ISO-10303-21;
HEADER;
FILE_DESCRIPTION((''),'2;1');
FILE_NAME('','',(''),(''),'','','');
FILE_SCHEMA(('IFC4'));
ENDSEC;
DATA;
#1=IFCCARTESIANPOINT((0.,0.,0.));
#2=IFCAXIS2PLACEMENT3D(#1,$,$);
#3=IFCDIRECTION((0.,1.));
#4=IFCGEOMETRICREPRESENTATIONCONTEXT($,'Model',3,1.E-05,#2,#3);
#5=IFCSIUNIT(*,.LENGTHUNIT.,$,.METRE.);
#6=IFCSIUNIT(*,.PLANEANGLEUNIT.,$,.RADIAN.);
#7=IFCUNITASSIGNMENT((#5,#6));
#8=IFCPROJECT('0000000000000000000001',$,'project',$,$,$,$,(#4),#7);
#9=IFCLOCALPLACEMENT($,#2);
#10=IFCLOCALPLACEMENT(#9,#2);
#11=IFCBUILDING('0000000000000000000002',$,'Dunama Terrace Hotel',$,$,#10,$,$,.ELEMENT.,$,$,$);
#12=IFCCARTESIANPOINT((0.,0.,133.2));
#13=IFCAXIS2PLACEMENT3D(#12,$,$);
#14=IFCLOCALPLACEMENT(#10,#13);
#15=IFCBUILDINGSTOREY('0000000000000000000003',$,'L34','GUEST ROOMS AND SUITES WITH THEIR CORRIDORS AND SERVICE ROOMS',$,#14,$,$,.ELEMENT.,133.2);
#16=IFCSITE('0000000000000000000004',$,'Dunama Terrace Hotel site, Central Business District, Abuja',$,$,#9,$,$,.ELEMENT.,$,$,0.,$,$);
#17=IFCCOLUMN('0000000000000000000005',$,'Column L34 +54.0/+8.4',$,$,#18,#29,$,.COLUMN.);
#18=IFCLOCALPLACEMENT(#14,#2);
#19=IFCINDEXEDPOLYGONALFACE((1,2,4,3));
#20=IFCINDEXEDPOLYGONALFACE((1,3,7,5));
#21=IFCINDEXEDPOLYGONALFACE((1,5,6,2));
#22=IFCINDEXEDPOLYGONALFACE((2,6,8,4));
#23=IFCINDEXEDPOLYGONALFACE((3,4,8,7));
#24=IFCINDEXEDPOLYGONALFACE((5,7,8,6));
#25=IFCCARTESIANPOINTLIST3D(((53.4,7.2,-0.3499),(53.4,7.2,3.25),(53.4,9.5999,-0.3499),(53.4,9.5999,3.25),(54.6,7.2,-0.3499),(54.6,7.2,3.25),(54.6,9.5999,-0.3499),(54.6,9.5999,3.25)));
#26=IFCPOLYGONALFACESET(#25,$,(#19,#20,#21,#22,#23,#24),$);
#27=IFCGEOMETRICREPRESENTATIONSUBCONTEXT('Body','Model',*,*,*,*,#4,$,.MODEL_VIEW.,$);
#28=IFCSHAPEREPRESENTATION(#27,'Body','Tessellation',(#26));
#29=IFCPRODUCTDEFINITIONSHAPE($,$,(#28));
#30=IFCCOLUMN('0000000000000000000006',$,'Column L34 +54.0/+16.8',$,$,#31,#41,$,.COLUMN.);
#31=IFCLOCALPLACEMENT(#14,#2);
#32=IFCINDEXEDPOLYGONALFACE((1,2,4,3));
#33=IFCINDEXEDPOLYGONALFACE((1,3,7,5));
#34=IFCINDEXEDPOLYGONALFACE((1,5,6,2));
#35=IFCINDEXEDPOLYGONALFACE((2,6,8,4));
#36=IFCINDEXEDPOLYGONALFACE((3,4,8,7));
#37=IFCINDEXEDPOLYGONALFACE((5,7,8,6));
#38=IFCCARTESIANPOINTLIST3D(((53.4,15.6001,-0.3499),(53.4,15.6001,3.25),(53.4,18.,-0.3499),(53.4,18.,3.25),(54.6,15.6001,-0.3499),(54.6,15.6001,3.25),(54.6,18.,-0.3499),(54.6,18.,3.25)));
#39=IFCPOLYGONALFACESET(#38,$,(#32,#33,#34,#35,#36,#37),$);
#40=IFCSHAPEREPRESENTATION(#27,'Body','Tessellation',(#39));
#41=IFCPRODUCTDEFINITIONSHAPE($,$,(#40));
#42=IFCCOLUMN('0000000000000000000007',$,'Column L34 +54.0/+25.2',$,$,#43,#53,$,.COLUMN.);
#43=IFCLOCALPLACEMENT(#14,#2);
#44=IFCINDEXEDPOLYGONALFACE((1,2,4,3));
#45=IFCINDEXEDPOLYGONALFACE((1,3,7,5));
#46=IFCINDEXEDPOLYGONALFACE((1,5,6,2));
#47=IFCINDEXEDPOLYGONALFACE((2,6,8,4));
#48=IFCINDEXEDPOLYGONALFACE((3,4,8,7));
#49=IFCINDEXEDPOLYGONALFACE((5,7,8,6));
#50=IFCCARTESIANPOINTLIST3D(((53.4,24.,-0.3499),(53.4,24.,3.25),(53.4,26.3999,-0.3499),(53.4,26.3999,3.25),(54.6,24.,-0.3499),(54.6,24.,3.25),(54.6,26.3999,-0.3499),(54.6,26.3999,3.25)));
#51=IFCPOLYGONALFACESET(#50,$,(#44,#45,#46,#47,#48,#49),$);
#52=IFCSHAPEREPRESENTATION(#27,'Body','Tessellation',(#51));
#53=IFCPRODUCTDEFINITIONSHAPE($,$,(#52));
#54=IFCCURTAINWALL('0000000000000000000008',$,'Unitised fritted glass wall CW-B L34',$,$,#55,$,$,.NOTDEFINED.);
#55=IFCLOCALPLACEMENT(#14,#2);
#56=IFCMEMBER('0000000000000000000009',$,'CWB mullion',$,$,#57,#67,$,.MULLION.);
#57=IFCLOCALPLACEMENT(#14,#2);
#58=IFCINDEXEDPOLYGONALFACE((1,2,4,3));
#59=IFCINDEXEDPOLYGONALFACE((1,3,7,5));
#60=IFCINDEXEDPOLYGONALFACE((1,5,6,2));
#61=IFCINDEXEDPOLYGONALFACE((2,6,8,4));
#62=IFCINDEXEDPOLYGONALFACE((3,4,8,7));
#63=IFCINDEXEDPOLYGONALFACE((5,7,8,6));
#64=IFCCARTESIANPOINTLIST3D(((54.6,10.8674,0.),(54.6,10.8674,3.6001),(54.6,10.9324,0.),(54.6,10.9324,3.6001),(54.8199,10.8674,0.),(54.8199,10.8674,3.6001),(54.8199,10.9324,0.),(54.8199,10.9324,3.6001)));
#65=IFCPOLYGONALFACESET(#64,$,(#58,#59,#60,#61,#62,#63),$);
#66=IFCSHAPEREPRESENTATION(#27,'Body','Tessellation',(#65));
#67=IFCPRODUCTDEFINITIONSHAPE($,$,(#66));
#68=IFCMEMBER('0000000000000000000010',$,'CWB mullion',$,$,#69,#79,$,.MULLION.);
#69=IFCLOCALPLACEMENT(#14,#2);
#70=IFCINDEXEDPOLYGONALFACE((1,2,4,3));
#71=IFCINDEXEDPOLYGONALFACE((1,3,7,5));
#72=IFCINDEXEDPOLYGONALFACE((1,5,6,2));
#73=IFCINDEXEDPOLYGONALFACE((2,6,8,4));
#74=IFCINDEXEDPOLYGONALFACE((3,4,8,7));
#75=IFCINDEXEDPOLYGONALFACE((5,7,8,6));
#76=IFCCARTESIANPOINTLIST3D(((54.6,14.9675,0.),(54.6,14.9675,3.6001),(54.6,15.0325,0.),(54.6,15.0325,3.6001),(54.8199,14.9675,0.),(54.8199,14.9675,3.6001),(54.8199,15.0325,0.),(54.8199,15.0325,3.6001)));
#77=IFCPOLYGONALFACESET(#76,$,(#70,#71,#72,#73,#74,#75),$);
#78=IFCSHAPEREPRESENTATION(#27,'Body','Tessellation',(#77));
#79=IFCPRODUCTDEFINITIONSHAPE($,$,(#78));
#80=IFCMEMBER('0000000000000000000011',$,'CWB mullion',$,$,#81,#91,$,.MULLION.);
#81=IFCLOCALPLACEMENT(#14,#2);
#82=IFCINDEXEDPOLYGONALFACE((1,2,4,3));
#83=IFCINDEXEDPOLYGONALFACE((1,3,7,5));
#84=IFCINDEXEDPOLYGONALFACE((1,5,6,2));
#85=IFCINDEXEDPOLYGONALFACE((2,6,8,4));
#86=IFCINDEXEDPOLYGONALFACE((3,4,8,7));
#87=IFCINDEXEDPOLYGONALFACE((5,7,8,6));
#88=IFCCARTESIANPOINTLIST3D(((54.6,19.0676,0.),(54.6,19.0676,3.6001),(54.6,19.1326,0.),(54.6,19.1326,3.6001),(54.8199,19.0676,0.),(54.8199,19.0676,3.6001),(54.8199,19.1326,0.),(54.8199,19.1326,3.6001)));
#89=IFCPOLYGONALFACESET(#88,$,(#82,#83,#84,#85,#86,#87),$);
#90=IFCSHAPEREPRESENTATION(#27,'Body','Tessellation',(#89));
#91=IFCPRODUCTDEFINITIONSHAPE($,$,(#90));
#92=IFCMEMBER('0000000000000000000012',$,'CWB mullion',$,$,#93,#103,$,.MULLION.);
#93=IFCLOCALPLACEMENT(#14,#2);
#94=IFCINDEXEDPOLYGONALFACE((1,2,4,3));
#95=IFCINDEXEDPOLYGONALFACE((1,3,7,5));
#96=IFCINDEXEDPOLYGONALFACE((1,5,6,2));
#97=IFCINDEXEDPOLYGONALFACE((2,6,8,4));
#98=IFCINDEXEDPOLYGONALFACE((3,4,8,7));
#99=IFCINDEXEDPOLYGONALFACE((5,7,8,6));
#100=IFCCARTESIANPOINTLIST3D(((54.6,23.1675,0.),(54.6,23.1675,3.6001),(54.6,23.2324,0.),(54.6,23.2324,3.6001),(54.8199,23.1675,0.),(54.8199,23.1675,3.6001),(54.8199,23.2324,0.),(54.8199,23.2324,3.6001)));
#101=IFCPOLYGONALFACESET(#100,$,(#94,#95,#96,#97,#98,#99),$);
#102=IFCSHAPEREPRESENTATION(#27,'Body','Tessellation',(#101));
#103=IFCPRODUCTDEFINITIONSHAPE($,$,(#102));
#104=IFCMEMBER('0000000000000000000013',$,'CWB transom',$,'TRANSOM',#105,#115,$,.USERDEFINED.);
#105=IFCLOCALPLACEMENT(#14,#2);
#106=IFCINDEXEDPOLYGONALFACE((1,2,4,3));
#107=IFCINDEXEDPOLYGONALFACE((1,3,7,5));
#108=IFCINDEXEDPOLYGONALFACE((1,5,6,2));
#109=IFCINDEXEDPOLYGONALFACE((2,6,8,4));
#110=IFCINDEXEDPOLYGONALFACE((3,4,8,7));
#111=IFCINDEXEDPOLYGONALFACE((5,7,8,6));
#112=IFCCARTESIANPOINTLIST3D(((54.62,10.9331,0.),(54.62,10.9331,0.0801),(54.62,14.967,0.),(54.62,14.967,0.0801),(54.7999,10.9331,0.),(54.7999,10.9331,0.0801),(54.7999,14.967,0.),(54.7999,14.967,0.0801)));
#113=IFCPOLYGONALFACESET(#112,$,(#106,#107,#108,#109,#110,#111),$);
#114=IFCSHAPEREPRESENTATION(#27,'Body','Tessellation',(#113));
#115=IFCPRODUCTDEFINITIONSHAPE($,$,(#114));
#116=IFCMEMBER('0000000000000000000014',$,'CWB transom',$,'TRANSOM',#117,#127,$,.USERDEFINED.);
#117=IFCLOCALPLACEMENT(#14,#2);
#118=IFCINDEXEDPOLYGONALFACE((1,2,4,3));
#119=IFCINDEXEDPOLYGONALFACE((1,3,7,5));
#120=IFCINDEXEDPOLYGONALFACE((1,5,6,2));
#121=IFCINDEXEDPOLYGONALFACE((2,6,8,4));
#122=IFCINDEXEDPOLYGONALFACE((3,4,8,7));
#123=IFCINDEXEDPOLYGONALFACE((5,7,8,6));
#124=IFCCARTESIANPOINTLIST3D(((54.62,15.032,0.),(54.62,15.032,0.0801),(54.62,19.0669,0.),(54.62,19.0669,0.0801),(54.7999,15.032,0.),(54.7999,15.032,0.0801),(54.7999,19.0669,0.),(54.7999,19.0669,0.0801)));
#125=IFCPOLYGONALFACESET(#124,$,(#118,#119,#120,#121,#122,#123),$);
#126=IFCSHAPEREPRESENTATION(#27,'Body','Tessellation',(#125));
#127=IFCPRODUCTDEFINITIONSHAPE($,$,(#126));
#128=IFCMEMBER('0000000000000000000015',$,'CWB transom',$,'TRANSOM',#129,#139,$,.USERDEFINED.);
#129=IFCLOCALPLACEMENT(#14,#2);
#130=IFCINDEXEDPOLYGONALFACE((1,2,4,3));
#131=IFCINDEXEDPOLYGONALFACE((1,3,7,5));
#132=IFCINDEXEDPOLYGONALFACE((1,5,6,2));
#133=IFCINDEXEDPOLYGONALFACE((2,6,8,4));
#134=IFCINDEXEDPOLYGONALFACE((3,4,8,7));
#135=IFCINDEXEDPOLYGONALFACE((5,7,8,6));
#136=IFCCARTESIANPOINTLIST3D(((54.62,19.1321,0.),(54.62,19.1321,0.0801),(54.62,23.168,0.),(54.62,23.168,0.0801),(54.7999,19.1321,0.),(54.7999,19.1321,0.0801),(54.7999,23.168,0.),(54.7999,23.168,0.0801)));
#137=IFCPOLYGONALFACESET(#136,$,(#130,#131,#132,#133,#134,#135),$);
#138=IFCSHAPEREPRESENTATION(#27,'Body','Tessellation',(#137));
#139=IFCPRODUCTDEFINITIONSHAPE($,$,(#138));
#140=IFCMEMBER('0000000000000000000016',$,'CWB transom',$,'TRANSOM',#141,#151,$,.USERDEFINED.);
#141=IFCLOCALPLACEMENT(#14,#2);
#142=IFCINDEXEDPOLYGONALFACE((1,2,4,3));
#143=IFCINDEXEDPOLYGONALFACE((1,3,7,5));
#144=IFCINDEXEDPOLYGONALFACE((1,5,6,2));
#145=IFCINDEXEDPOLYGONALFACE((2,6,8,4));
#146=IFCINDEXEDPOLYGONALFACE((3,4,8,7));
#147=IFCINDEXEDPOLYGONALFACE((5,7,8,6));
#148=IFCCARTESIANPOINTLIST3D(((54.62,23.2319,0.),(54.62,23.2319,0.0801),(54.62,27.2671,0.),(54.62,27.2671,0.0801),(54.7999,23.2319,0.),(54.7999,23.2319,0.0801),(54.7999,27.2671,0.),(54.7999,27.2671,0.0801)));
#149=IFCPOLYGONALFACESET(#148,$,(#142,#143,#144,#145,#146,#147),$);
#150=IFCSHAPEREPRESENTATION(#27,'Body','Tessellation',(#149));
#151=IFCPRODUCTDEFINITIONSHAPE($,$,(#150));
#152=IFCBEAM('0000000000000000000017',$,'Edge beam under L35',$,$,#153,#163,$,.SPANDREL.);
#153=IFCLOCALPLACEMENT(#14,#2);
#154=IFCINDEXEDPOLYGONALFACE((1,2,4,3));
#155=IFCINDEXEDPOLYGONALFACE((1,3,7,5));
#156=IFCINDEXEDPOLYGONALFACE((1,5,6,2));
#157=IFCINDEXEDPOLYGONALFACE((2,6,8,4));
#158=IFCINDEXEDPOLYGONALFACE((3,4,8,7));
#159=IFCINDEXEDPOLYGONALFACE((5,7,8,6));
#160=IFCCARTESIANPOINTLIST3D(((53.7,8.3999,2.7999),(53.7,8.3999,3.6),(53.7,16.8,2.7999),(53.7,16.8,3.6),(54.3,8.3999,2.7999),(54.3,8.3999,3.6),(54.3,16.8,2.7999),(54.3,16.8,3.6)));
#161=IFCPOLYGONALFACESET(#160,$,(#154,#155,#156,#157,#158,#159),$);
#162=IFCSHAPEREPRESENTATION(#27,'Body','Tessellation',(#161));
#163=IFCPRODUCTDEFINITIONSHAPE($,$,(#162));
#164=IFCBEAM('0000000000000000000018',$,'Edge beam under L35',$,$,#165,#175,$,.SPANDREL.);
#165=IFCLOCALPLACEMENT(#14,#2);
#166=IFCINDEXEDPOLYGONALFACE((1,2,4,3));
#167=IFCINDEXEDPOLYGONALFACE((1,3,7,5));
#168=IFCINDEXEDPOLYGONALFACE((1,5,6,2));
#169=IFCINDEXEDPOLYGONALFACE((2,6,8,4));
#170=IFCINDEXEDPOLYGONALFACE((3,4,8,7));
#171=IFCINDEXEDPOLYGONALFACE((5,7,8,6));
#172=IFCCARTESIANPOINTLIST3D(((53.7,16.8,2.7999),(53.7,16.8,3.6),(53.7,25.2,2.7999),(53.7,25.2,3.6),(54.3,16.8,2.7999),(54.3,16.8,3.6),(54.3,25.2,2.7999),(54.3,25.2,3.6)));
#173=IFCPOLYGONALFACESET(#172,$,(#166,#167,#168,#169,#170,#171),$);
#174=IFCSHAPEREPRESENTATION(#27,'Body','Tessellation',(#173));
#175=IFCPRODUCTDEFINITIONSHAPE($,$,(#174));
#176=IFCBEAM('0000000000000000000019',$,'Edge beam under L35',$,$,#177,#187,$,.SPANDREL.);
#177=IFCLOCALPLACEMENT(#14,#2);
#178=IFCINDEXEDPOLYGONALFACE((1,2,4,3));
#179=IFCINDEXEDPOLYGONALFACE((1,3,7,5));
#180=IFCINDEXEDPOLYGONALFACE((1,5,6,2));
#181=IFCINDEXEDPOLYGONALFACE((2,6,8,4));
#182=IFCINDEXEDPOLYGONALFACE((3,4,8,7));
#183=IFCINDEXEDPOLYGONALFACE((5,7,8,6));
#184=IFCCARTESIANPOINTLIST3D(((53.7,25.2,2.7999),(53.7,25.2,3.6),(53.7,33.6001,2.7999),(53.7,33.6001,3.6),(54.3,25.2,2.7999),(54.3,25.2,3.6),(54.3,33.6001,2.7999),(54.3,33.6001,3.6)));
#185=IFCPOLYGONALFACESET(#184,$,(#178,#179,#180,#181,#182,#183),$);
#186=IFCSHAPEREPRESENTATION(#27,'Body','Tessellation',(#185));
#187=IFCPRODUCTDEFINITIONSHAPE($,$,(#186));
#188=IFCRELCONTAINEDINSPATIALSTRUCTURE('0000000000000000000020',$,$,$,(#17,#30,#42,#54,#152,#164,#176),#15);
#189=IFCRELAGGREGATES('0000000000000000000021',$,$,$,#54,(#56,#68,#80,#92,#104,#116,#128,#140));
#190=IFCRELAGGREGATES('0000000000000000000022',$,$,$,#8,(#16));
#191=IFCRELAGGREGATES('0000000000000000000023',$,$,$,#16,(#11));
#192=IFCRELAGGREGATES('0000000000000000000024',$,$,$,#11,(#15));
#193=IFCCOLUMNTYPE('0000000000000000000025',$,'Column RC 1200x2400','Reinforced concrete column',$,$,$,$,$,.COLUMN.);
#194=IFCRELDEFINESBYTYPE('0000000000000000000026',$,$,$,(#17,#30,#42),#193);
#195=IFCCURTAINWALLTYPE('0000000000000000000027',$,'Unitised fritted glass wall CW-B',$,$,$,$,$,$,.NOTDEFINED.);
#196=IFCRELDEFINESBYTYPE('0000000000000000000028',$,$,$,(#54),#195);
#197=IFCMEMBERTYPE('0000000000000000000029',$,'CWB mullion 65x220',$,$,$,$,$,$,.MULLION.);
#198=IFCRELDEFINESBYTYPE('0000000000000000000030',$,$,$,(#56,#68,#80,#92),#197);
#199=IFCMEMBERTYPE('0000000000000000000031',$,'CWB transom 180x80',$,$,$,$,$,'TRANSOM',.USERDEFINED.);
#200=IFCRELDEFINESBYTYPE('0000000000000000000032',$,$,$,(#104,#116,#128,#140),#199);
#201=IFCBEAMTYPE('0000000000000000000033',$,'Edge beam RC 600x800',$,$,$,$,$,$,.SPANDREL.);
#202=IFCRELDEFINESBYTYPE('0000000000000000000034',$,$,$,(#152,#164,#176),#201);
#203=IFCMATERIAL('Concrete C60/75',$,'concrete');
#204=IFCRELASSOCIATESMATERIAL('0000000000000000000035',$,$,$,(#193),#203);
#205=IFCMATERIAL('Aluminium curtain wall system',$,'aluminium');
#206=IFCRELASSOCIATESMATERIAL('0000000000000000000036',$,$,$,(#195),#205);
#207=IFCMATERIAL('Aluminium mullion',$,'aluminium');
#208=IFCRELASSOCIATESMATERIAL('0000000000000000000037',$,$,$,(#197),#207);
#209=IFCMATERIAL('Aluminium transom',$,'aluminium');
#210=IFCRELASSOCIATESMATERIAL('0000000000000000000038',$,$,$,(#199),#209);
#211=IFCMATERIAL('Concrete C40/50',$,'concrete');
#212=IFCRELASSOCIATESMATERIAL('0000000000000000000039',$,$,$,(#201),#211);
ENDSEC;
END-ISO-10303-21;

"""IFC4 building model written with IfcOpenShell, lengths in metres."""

from ifc_helpers import new_model, si_unit, direction, frame, origin, origin_2d, place, context, subcontext, project, spatial, rectangle, extrude, material, material_profile, profile_set, type_object, element, aggregate, save


model = new_model("IFC4")

# Units and contexts
model_context = context("Model", 3, precision=1e-05, world=origin(), true_north=direction((0.0, 1.0)))
body_context = subcontext(model_context, "Body", "Model", "MODEL_VIEW")
ifc_project = project(units=[si_unit("LENGTHUNIT", "METRE"), si_unit("PLANEANGLEUNIT", "RADIAN")], contexts=[model_context])

# Site, building, storey
site_placement = place(None, origin())
site = spatial("IfcSite", under=ifc_project, at=site_placement, Name="Dunama Terrace Hotel site, Central Business District, Abuja", CompositionType="ELEMENT", RefElevation=0.0)
building_placement = place(site_placement, origin())
building = spatial("IfcBuilding", under=site, at=building_placement, Name="Dunama Terrace Hotel", CompositionType="ELEMENT")
storey_placement = place(building_placement, frame((0.0, 0.0, 133.2)))
storey = spatial("IfcBuildingStorey", under=building, at=storey_placement, Name="L34", Description="GUEST ROOMS AND SUITES WITH THEIR CORRIDORS AND SERVICE ROOMS", CompositionType="ELEMENT", Elevation=133.2)

# Columns
ifc_material_1 = material(Name="Concrete C60/75", Category="concrete")
ifc_material_profile_1 = material_profile(ifc_material_1, rectangle(XDim=1.2, YDim=2.3999, at=origin_2d()), Name="RC 1200x2400")
ifc_profile_set_1 = profile_set([ifc_material_profile_1], Name="Concrete C60/75")
column_type = type_object("IfcColumnType", Name="Column RC 1200x2400", Description="Reinforced concrete column", PredefinedType="COLUMN", material=ifc_profile_set_1)
for number, where, z_axis, x_axis, name in (
    (1, (54.0, 8.3999, -0.3499), (0.0, 0.0, 1.0), (1.0, 0.0, 0.0), "Column L34 +54.0/+8.4"),
    (2, (54.0, 16.8, -0.3499), (0.0, 0.0, 1.0), (1.0, 0.0, 0.0), "Column L34 +54.0/+16.8"),
    (3, (54.0, 25.2, -0.3499), (0.0, 0.0, 1.0), (1.0, 0.0, 0.0), "Column L34 +54.0/+25.2"),
):
    element("IfcColumn", number, at=place(storey_placement, frame(where, z_axis=z_axis, x_axis=x_axis)), inside=storey, type_object=column_type, Name=name, PredefinedType="COLUMN", context=body_context, shape_type="SweptSolid", body=[
        extrude(rectangle(XDim=1.2, YDim=2.3999, at=origin_2d()), origin(), (0.0, 0.0, 1.0), 3.5999),
    ])

# Curtain wall, members
ifc_material_2 = material(Name="Aluminium curtain wall system", Category="aluminium")
curtain_wall_type = type_object("IfcCurtainWallType", Name="Unitised fritted glass wall CW-B", PredefinedType="NOTDEFINED", material=ifc_material_2)
curtain_wall_placement = place(storey_placement, origin())
curtain_wall = element("IfcCurtainWall", 4, at=curtain_wall_placement, inside=storey, type_object=curtain_wall_type, Name="Unitised fritted glass wall CW-B L34", PredefinedType="NOTDEFINED")
ifc_material_3 = material(Name="Aluminium mullion", Category="aluminium")
ifc_material_profile_2 = material_profile(ifc_material_3, rectangle(XDim=0.0649, YDim=0.22, at=origin_2d()), Name="CWB MULLION 65X220")
ifc_profile_set_2 = profile_set([ifc_material_profile_2], Name="Aluminium mullion")
member_type_1 = type_object("IfcMemberType", Name="CWB mullion 65x220", PredefinedType="MULLION", material=ifc_profile_set_2)
member_1_placement = place(storey_placement, frame((54.71, 10.8999, 0.0), z_axis=(0.0, 0.0, 1.0), x_axis=(0.0, 1.0, 0.0)))
member_1 = element("IfcMember", 5, at=member_1_placement, type_object=member_type_1, Name="CWB mullion", PredefinedType="MULLION", context=body_context, shape_type="SweptSolid", body=[
    extrude(rectangle(XDim=0.0649, YDim=0.22, at=origin_2d()), origin(), (0.0, 0.0, 1.0), 3.6001),
])
member_2_placement = place(storey_placement, frame((54.71, 15.0, 0.0), z_axis=(0.0, 0.0, 1.0), x_axis=(0.0, 1.0, 0.0)))
member_2 = element("IfcMember", 6, at=member_2_placement, type_object=member_type_1, Name="CWB mullion", PredefinedType="MULLION", context=body_context, shape_type="SweptSolid", body=[
    extrude(rectangle(XDim=0.0649, YDim=0.22, at=origin_2d()), origin(), (0.0, 0.0, 1.0), 3.6001),
])
member_3_placement = place(storey_placement, frame((54.71, 19.1001, 0.0), z_axis=(0.0, 0.0, 1.0), x_axis=(0.0, 1.0, 0.0)))
member_3 = element("IfcMember", 7, at=member_3_placement, type_object=member_type_1, Name="CWB mullion", PredefinedType="MULLION", context=body_context, shape_type="SweptSolid", body=[
    extrude(rectangle(XDim=0.0649, YDim=0.22, at=origin_2d()), origin(), (0.0, 0.0, 1.0), 3.6001),
])
member_4_placement = place(storey_placement, frame((54.71, 23.2, 0.0), z_axis=(0.0, 0.0, 1.0), x_axis=(0.0, 1.0, 0.0)))
member_4 = element("IfcMember", 8, at=member_4_placement, type_object=member_type_1, Name="CWB mullion", PredefinedType="MULLION", context=body_context, shape_type="SweptSolid", body=[
    extrude(rectangle(XDim=0.0649, YDim=0.22, at=origin_2d()), origin(), (0.0, 0.0, 1.0), 3.6001),
])
ifc_material_4 = material(Name="Aluminium transom", Category="aluminium")
ifc_material_profile_3 = material_profile(ifc_material_4, rectangle(XDim=0.1799, YDim=0.0801, at=origin_2d()), Name="CWB TRANSOM 180X80")
ifc_profile_set_3 = profile_set([ifc_material_profile_3], Name="Aluminium transom")
member_type_2 = type_object("IfcMemberType", Name="CWB transom 180x80", ElementType="TRANSOM", PredefinedType="USERDEFINED", material=ifc_profile_set_3)
member_5_placement = place(storey_placement, frame((54.71, 10.9331, 0.04), z_axis=(0.0, 1.0, 0.0), x_axis=(-1.0, 0.0, 0.0)))
member_5 = element("IfcMember", 9, at=member_5_placement, type_object=member_type_2, Name="CWB transom", ObjectType="TRANSOM", PredefinedType="USERDEFINED", context=body_context, shape_type="SweptSolid", body=[
    extrude(rectangle(XDim=0.1799, YDim=0.0801, at=origin_2d()), origin(), (0.0, 0.0, 1.0), 4.0339),
])
member_6_placement = place(storey_placement, frame((54.71, 15.032, 0.04), z_axis=(0.0, 1.0, 0.0), x_axis=(-1.0, 0.0, 0.0)))
member_6 = element("IfcMember", 10, at=member_6_placement, type_object=member_type_2, Name="CWB transom", ObjectType="TRANSOM", PredefinedType="USERDEFINED", context=body_context, shape_type="SweptSolid", body=[
    extrude(rectangle(XDim=0.1799, YDim=0.0801, at=origin_2d()), origin(), (0.0, 0.0, 1.0), 4.0349),
])
member_7_placement = place(storey_placement, frame((54.71, 19.1321, 0.04), z_axis=(0.0, 1.0, 0.0), x_axis=(-1.0, 0.0, 0.0)))
member_7 = element("IfcMember", 11, at=member_7_placement, type_object=member_type_2, Name="CWB transom", ObjectType="TRANSOM", PredefinedType="USERDEFINED", context=body_context, shape_type="SweptSolid", body=[
    extrude(rectangle(XDim=0.1799, YDim=0.0801, at=origin_2d()), origin(), (0.0, 0.0, 1.0), 4.0359),
])
member_8_placement = place(storey_placement, frame((54.71, 23.2319, 0.04), z_axis=(0.0, 1.0, 0.0), x_axis=(-1.0, 0.0, 0.0)))
member_8 = element("IfcMember", 12, at=member_8_placement, type_object=member_type_2, Name="CWB transom", ObjectType="TRANSOM", PredefinedType="USERDEFINED", context=body_context, shape_type="SweptSolid", body=[
    extrude(rectangle(XDim=0.1799, YDim=0.0801, at=origin_2d()), origin(), (0.0, 0.0, 1.0), 4.0352),
])

# Beams
ifc_material_5 = material(Name="Concrete C40/50", Category="concrete")
ifc_material_profile_4 = material_profile(ifc_material_5, rectangle(XDim=0.6001, YDim=0.8, at=origin_2d()), Name="RC 600x800")
ifc_profile_set_4 = profile_set([ifc_material_profile_4], Name="Concrete C40/50")
beam_type = type_object("IfcBeamType", Name="Edge beam RC 600x800", PredefinedType="SPANDREL", material=ifc_profile_set_4)
beam_1_placement = place(storey_placement, frame((54.0, 8.3999, 3.2), z_axis=(0.0, 1.0, 0.0), x_axis=(-1.0, 0.0, 0.0)))
element("IfcBeam", 13, at=beam_1_placement, inside=storey, type_object=beam_type, Name="Edge beam under L35", PredefinedType="SPANDREL", context=body_context, shape_type="SweptSolid", body=[
    extrude(rectangle(XDim=0.6001, YDim=0.8, at=origin_2d()), origin(), (0.0, 0.0, 1.0), 8.4001),
])
beam_2_placement = place(storey_placement, frame((54.0, 16.8, 3.2), z_axis=(0.0, 1.0, 0.0), x_axis=(-1.0, 0.0, 0.0)))
element("IfcBeam", 14, at=beam_2_placement, inside=storey, type_object=beam_type, Name="Edge beam under L35", PredefinedType="SPANDREL", context=body_context, shape_type="SweptSolid", body=[
    extrude(rectangle(XDim=0.6001, YDim=0.8, at=origin_2d()), origin(), (0.0, 0.0, 1.0), 8.3999),
])
beam_3_placement = place(storey_placement, frame((54.0, 25.2, 3.2), z_axis=(0.0, 1.0, 0.0), x_axis=(-1.0, 0.0, 0.0)))
element("IfcBeam", 15, at=beam_3_placement, inside=storey, type_object=beam_type, Name="Edge beam under L35", PredefinedType="SPANDREL", context=body_context, shape_type="SweptSolid", body=[
    extrude(rectangle(XDim=0.6001, YDim=0.8, at=origin_2d()), origin(), (0.0, 0.0, 1.0), 8.4001),
])

aggregate(curtain_wall, [member_1, member_2, member_3, member_4, member_5, member_6, member_7, member_8])

save(model, "model.ifc")
